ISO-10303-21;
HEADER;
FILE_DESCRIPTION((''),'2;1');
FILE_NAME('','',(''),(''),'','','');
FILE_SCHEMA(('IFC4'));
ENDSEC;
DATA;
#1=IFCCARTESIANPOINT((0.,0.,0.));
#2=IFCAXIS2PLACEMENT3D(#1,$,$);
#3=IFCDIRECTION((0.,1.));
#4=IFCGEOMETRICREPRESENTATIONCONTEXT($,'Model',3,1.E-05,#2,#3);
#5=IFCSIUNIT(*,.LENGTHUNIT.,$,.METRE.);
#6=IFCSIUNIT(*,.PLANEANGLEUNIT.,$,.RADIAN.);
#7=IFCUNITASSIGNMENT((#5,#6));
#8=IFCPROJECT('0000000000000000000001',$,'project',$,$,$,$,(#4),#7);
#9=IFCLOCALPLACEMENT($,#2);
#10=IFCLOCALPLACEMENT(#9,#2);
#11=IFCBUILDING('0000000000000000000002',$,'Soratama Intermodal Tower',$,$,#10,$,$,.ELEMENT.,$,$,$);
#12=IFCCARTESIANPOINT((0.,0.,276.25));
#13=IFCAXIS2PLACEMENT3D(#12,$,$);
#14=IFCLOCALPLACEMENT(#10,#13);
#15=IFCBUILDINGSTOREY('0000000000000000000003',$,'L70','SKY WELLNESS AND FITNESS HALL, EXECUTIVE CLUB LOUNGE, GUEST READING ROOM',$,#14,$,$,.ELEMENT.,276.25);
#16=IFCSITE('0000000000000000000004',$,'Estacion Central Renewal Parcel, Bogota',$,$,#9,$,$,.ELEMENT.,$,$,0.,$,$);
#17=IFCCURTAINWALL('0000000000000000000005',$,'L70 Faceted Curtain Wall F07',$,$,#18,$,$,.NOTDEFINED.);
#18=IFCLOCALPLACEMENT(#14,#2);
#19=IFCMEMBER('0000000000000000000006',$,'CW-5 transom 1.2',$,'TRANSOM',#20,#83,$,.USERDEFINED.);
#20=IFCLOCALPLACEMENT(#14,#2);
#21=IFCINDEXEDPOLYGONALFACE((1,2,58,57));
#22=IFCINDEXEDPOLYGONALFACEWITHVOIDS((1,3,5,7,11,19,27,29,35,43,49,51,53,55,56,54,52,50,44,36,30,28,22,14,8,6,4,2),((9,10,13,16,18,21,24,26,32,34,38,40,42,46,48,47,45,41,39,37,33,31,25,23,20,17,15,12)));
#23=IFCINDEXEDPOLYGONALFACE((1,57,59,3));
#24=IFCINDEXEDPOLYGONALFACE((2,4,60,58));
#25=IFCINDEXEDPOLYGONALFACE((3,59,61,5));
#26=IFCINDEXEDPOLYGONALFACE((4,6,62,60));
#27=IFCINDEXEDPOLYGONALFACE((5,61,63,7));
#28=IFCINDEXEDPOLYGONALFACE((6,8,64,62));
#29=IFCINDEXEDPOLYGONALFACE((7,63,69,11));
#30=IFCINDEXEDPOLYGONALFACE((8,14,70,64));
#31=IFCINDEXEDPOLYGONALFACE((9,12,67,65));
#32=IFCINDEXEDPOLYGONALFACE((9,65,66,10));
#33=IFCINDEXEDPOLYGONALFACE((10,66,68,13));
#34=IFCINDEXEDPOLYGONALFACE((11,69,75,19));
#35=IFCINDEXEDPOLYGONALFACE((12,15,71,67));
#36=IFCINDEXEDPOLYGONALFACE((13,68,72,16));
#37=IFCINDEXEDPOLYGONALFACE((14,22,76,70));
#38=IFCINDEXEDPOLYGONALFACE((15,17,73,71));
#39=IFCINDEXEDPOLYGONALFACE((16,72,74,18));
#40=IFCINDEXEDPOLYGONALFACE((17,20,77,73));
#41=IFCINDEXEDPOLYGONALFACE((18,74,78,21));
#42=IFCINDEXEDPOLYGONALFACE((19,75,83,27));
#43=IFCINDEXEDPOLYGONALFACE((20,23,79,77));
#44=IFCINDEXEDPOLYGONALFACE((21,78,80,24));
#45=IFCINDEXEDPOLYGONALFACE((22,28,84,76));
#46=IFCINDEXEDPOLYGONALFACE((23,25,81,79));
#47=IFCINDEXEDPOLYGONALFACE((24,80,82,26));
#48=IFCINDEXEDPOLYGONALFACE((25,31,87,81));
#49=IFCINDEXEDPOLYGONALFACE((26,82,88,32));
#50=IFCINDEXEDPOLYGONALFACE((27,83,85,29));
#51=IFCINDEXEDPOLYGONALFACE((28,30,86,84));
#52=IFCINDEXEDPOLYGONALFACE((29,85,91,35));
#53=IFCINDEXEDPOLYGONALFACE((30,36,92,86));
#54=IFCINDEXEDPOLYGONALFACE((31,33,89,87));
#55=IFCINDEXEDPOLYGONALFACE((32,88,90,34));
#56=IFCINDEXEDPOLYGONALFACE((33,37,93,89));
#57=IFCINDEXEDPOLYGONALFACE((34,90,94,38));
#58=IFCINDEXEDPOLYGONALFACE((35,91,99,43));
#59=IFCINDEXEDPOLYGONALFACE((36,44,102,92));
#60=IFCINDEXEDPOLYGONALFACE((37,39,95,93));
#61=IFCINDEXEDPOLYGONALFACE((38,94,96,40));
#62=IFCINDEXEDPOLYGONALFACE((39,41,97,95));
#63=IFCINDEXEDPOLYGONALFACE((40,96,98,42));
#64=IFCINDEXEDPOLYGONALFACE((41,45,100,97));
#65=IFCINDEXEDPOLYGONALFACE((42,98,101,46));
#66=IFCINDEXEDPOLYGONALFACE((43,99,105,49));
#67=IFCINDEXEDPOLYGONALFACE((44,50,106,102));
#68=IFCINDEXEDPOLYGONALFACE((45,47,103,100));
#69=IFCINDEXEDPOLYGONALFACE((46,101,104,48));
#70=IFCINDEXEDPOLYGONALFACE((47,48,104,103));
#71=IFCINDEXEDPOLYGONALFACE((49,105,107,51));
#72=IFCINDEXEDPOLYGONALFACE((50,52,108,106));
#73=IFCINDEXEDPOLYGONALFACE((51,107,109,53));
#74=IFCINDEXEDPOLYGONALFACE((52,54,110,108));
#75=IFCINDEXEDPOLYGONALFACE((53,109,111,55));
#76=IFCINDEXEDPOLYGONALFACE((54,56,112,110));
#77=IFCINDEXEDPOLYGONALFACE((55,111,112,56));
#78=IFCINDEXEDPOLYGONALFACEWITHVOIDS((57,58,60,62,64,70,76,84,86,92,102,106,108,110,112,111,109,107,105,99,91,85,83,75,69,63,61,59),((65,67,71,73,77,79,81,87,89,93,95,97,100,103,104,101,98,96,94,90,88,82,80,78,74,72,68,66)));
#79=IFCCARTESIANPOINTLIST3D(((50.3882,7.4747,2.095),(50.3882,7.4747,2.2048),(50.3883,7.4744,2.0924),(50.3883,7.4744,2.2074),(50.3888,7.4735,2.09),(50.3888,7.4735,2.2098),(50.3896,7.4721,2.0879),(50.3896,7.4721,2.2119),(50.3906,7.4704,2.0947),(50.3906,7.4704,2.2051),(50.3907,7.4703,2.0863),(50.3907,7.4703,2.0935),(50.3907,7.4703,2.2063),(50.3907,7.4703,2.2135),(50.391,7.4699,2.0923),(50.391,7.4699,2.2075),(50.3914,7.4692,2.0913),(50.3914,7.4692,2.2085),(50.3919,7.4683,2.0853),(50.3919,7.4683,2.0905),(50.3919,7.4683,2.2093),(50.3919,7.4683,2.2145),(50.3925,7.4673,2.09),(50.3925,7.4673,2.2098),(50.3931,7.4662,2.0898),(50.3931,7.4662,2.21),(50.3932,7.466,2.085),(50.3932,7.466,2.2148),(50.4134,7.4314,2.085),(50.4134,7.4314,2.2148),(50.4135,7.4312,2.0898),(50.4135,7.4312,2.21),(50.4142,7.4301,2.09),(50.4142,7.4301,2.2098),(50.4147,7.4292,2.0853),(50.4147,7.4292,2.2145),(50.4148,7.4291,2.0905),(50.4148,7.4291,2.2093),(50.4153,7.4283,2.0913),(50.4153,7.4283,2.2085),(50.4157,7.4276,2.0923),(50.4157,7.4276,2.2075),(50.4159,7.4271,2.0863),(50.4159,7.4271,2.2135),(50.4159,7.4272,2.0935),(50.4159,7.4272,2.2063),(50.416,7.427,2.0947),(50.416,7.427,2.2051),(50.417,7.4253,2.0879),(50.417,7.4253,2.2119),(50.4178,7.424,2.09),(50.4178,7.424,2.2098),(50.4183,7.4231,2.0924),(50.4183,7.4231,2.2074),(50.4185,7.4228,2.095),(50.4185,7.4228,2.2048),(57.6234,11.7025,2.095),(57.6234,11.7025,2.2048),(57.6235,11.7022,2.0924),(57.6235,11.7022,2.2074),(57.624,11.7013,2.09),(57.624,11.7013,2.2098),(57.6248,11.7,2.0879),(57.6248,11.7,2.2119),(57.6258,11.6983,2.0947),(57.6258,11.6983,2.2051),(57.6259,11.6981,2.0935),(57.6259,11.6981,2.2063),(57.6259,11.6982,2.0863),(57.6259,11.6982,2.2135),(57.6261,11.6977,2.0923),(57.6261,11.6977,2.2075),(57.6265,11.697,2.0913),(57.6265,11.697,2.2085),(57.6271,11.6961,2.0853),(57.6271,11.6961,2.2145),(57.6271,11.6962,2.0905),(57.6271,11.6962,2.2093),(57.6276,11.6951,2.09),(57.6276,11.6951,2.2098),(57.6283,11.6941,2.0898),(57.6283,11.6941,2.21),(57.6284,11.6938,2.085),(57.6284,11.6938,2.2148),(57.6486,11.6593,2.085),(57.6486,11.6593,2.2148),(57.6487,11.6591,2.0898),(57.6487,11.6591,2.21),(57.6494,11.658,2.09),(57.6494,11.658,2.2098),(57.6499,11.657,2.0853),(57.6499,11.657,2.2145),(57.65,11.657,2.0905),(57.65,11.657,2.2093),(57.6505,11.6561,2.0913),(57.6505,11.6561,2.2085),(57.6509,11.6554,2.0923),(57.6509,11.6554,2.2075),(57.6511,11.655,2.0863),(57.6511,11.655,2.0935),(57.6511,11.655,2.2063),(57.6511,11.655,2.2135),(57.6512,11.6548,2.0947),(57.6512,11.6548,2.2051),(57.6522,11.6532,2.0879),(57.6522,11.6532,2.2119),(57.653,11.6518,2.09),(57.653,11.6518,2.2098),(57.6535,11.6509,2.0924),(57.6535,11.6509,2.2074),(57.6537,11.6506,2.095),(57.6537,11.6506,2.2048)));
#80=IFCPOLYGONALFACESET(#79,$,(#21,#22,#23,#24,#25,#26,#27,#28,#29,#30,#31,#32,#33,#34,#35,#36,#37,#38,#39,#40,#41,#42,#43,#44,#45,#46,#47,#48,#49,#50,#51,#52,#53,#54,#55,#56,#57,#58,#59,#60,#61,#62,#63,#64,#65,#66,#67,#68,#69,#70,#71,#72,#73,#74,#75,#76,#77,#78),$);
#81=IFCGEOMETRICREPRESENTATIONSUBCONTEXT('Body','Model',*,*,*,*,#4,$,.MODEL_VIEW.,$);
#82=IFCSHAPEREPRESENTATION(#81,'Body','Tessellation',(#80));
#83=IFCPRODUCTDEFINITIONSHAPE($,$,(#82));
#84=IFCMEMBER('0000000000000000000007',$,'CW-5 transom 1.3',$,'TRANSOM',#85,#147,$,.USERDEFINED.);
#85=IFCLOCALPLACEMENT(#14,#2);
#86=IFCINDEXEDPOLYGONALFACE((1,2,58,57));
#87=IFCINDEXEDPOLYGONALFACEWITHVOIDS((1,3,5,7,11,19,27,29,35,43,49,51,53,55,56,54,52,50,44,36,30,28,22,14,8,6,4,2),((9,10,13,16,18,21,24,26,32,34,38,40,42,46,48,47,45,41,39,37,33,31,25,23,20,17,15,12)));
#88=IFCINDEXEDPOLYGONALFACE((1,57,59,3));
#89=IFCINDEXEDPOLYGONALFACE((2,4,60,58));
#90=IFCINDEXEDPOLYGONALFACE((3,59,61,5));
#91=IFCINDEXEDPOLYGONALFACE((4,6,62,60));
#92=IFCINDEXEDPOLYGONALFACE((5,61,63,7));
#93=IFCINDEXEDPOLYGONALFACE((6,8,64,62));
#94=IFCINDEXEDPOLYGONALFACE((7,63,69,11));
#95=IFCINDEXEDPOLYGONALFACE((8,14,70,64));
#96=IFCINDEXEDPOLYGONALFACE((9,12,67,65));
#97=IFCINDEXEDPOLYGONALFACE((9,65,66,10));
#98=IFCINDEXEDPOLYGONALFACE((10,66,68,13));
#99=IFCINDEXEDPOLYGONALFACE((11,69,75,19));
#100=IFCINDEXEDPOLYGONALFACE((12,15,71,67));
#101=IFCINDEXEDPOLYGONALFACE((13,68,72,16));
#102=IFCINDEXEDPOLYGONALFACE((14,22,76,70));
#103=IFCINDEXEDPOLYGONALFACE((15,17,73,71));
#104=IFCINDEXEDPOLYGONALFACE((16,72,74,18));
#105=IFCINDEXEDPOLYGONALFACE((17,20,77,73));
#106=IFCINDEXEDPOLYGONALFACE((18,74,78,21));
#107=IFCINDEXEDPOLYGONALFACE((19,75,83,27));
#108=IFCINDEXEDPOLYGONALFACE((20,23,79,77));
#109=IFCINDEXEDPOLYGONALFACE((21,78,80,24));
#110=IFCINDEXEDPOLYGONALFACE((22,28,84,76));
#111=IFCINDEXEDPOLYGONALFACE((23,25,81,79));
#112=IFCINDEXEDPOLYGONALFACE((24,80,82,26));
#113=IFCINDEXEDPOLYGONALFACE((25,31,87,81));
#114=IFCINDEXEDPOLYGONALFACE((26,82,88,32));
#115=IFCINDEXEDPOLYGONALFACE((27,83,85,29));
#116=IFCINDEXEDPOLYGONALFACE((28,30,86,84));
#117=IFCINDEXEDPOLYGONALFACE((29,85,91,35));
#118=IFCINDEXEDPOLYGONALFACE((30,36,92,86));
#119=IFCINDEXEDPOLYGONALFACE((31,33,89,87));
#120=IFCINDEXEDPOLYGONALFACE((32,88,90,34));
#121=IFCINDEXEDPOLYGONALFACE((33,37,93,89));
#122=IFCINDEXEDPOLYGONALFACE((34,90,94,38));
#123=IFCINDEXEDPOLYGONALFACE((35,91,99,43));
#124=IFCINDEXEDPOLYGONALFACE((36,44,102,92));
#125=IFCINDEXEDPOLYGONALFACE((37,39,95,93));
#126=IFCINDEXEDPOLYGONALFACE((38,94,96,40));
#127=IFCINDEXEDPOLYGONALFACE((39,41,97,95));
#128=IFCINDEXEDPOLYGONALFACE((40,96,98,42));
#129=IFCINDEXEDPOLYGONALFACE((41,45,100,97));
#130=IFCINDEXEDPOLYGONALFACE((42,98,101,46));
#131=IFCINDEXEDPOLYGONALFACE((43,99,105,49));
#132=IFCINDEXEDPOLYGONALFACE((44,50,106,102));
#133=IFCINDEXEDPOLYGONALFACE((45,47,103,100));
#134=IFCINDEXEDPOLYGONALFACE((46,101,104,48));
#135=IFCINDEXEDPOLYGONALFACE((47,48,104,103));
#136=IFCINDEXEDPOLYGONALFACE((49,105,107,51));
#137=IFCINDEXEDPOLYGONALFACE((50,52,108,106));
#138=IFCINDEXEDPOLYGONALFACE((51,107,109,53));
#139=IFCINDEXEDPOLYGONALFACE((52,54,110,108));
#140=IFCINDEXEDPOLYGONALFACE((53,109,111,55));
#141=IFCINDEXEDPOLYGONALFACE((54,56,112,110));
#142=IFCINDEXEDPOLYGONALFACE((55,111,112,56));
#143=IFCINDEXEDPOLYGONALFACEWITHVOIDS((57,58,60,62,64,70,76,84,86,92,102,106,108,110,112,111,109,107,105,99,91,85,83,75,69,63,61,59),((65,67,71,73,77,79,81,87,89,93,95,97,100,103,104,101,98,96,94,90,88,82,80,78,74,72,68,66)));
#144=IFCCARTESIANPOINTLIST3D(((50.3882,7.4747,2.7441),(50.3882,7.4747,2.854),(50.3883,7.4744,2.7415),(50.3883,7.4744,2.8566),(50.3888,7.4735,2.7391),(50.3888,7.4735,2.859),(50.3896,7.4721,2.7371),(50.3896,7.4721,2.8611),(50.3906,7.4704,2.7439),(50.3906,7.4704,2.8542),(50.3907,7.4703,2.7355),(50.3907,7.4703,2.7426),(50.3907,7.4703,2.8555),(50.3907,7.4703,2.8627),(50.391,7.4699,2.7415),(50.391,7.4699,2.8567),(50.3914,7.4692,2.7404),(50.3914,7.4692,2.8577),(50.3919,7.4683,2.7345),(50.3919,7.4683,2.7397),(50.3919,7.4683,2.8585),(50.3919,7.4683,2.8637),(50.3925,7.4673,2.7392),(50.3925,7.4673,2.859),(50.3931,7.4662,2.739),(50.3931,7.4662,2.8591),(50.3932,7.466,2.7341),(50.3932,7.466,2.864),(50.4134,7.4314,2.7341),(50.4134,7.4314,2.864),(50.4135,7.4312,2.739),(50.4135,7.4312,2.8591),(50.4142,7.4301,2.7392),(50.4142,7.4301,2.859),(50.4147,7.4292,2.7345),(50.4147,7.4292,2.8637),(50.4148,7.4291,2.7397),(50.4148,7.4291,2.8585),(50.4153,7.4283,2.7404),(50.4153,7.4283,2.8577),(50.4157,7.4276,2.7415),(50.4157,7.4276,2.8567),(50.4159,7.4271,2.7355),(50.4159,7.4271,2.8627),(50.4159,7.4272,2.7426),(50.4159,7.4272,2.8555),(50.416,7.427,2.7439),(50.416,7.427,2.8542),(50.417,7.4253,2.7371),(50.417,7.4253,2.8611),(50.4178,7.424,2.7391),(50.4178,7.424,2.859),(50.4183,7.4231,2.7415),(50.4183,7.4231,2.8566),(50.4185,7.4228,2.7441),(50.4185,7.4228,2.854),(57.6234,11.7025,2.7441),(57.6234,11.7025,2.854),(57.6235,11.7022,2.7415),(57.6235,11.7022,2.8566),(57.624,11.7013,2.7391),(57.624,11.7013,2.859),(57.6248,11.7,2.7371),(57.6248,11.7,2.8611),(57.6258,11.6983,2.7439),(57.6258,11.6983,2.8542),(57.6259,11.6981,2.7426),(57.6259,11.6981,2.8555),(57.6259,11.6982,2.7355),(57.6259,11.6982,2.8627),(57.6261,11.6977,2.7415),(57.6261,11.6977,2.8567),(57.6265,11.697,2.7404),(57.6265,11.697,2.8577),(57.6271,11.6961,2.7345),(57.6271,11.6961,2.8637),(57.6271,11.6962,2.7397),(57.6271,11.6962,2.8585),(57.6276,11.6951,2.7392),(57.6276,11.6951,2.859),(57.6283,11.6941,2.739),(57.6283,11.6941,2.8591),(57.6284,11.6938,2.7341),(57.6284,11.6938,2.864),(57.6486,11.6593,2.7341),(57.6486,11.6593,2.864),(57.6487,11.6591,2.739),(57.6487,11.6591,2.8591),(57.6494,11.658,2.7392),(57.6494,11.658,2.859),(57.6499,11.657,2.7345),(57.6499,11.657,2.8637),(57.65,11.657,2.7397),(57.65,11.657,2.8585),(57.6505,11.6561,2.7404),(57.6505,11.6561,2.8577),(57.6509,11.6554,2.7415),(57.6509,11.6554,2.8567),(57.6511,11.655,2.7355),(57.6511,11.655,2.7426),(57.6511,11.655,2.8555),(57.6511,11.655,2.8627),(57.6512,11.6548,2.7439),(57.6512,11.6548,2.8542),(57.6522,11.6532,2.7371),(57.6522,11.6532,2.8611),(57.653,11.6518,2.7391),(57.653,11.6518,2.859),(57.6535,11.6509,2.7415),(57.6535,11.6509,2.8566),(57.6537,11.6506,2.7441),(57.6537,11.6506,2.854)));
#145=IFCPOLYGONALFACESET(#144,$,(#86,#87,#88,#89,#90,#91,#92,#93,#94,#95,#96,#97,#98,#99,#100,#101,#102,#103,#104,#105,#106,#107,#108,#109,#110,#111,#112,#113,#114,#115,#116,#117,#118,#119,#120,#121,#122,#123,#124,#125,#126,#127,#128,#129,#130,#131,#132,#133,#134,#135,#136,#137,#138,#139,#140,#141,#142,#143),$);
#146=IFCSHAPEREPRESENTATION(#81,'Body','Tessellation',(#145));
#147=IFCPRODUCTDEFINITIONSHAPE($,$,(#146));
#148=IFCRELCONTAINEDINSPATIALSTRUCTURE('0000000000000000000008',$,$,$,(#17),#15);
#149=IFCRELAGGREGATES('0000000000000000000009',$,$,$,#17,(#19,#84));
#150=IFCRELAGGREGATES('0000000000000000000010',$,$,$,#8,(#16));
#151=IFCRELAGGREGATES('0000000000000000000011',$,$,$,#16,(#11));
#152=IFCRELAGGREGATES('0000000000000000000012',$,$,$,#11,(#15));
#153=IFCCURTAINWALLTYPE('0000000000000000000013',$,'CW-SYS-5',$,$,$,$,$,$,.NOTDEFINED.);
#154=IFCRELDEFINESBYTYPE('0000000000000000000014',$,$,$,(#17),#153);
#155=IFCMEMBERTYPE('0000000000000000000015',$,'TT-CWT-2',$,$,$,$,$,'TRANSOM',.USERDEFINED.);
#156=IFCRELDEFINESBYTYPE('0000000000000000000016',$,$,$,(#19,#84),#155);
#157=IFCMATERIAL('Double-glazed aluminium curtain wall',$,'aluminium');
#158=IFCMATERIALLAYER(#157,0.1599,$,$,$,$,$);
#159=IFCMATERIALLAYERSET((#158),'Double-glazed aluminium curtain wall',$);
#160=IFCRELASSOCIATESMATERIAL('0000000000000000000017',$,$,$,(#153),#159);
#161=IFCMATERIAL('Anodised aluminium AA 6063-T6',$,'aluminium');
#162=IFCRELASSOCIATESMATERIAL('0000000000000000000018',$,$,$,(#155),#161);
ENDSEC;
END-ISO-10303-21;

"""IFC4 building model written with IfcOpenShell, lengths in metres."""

from ifc_helpers import new_model, si_unit, direction, frame, origin, origin_2d, place, context, subcontext, project, spatial, hollow_rectangle, extrude, material, layer, layer_set, material_profile, profile_set, type_object, element, aggregate, save


model = new_model("IFC4")

# Units and contexts
model_context = context("Model", 3, precision=1e-05, world=origin(), true_north=direction((0.0, 1.0)))
body_context = subcontext(model_context, "Body", "Model", "MODEL_VIEW")
ifc_project = project(units=[si_unit("LENGTHUNIT", "METRE"), si_unit("PLANEANGLEUNIT", "RADIAN")], contexts=[model_context])

# Site, building, storey
site_placement = place(None, origin())
site = spatial("IfcSite", under=ifc_project, at=site_placement, Name="Estacion Central Renewal Parcel, Bogota", CompositionType="ELEMENT", RefElevation=0.0)
building_placement = place(site_placement, origin())
building = spatial("IfcBuilding", under=site, at=building_placement, Name="Soratama Intermodal Tower", CompositionType="ELEMENT")
storey_placement = place(building_placement, frame((0.0, 0.0, 276.25)))
storey = spatial("IfcBuildingStorey", under=building, at=storey_placement, Name="L70", Description="SKY WELLNESS AND FITNESS HALL, EXECUTIVE CLUB LOUNGE, GUEST READING ROOM", CompositionType="ELEMENT", Elevation=276.25)

# Curtain wall
ifc_material_1 = material(Name="Double-glazed aluminium curtain wall", Category="aluminium")
ifc_layer_1 = layer(ifc_material_1, 0.1599)
ifc_layer_set_1 = layer_set([ifc_layer_1], Name="Double-glazed aluminium curtain wall")
curtain_wall_type = type_object("IfcCurtainWallType", Name="CW-SYS-5", PredefinedType="NOTDEFINED", material=ifc_layer_set_1)
curtain_wall_1_placement = place(storey_placement, origin())
curtain_wall_1 = element("IfcCurtainWall", 1, at=curtain_wall_1_placement, inside=storey, type_object=curtain_wall_type, Name="L70 Faceted Curtain Wall F07", PredefinedType="NOTDEFINED")

# Members
ifc_material_2 = material(Name="Anodised aluminium AA 6063-T6", Category="aluminium")
ifc_material_profile_1 = material_profile(ifc_material_2, hollow_rectangle(XDim=0.0601, YDim=0.1299, WallThickness=0.0049, InnerFilletRadius=0.0049, OuterFilletRadius=0.01, at=origin_2d()), Name="CWT130X60X5")
ifc_profile_set_1 = profile_set([ifc_material_profile_1], Name="Anodised aluminium AA 6063-T6")
member_type_1 = type_object("IfcMemberType", Name="TT-CWT-2", ElementType="TRANSOM", PredefinedType="USERDEFINED", material=ifc_profile_set_1)
member_1_placement = place(storey_placement, frame((50.4033, 7.4487, 2.1499), z_axis=(0.863399, 0.504521, 0.0), x_axis=(-0.504521, 0.863399, 0.0)))
member_1 = element("IfcMember", 2, at=member_1_placement, type_object=member_type_1, Name="CW-5 transom 1.2", ObjectType="TRANSOM", PredefinedType="USERDEFINED", context=body_context, shape_type="SweptSolid", body=[
    extrude(hollow_rectangle(XDim=0.0601, YDim=0.1299, WallThickness=0.0049, InnerFilletRadius=0.0049, OuterFilletRadius=0.01, at=origin_2d()), origin(), (0.0, 0.0, 1.0), 8.3799),
])
member_2_placement = place(storey_placement, frame((50.4033, 7.4487, 2.7991), z_axis=(0.863399, 0.504521, 0.0), x_axis=(-0.504521, 0.863399, 0.0)))
member_2 = element("IfcMember", 3, at=member_2_placement, type_object=member_type_1, Name="CW-5 transom 1.3", ObjectType="TRANSOM", PredefinedType="USERDEFINED", context=body_context, shape_type="SweptSolid", body=[
    extrude(hollow_rectangle(XDim=0.0601, YDim=0.1299, WallThickness=0.0049, InnerFilletRadius=0.0049, OuterFilletRadius=0.01, at=origin_2d()), origin(), (0.0, 0.0, 1.0), 8.3799),
])

aggregate(curtain_wall_1, [member_1, member_2])

save(model, "model.ifc")
